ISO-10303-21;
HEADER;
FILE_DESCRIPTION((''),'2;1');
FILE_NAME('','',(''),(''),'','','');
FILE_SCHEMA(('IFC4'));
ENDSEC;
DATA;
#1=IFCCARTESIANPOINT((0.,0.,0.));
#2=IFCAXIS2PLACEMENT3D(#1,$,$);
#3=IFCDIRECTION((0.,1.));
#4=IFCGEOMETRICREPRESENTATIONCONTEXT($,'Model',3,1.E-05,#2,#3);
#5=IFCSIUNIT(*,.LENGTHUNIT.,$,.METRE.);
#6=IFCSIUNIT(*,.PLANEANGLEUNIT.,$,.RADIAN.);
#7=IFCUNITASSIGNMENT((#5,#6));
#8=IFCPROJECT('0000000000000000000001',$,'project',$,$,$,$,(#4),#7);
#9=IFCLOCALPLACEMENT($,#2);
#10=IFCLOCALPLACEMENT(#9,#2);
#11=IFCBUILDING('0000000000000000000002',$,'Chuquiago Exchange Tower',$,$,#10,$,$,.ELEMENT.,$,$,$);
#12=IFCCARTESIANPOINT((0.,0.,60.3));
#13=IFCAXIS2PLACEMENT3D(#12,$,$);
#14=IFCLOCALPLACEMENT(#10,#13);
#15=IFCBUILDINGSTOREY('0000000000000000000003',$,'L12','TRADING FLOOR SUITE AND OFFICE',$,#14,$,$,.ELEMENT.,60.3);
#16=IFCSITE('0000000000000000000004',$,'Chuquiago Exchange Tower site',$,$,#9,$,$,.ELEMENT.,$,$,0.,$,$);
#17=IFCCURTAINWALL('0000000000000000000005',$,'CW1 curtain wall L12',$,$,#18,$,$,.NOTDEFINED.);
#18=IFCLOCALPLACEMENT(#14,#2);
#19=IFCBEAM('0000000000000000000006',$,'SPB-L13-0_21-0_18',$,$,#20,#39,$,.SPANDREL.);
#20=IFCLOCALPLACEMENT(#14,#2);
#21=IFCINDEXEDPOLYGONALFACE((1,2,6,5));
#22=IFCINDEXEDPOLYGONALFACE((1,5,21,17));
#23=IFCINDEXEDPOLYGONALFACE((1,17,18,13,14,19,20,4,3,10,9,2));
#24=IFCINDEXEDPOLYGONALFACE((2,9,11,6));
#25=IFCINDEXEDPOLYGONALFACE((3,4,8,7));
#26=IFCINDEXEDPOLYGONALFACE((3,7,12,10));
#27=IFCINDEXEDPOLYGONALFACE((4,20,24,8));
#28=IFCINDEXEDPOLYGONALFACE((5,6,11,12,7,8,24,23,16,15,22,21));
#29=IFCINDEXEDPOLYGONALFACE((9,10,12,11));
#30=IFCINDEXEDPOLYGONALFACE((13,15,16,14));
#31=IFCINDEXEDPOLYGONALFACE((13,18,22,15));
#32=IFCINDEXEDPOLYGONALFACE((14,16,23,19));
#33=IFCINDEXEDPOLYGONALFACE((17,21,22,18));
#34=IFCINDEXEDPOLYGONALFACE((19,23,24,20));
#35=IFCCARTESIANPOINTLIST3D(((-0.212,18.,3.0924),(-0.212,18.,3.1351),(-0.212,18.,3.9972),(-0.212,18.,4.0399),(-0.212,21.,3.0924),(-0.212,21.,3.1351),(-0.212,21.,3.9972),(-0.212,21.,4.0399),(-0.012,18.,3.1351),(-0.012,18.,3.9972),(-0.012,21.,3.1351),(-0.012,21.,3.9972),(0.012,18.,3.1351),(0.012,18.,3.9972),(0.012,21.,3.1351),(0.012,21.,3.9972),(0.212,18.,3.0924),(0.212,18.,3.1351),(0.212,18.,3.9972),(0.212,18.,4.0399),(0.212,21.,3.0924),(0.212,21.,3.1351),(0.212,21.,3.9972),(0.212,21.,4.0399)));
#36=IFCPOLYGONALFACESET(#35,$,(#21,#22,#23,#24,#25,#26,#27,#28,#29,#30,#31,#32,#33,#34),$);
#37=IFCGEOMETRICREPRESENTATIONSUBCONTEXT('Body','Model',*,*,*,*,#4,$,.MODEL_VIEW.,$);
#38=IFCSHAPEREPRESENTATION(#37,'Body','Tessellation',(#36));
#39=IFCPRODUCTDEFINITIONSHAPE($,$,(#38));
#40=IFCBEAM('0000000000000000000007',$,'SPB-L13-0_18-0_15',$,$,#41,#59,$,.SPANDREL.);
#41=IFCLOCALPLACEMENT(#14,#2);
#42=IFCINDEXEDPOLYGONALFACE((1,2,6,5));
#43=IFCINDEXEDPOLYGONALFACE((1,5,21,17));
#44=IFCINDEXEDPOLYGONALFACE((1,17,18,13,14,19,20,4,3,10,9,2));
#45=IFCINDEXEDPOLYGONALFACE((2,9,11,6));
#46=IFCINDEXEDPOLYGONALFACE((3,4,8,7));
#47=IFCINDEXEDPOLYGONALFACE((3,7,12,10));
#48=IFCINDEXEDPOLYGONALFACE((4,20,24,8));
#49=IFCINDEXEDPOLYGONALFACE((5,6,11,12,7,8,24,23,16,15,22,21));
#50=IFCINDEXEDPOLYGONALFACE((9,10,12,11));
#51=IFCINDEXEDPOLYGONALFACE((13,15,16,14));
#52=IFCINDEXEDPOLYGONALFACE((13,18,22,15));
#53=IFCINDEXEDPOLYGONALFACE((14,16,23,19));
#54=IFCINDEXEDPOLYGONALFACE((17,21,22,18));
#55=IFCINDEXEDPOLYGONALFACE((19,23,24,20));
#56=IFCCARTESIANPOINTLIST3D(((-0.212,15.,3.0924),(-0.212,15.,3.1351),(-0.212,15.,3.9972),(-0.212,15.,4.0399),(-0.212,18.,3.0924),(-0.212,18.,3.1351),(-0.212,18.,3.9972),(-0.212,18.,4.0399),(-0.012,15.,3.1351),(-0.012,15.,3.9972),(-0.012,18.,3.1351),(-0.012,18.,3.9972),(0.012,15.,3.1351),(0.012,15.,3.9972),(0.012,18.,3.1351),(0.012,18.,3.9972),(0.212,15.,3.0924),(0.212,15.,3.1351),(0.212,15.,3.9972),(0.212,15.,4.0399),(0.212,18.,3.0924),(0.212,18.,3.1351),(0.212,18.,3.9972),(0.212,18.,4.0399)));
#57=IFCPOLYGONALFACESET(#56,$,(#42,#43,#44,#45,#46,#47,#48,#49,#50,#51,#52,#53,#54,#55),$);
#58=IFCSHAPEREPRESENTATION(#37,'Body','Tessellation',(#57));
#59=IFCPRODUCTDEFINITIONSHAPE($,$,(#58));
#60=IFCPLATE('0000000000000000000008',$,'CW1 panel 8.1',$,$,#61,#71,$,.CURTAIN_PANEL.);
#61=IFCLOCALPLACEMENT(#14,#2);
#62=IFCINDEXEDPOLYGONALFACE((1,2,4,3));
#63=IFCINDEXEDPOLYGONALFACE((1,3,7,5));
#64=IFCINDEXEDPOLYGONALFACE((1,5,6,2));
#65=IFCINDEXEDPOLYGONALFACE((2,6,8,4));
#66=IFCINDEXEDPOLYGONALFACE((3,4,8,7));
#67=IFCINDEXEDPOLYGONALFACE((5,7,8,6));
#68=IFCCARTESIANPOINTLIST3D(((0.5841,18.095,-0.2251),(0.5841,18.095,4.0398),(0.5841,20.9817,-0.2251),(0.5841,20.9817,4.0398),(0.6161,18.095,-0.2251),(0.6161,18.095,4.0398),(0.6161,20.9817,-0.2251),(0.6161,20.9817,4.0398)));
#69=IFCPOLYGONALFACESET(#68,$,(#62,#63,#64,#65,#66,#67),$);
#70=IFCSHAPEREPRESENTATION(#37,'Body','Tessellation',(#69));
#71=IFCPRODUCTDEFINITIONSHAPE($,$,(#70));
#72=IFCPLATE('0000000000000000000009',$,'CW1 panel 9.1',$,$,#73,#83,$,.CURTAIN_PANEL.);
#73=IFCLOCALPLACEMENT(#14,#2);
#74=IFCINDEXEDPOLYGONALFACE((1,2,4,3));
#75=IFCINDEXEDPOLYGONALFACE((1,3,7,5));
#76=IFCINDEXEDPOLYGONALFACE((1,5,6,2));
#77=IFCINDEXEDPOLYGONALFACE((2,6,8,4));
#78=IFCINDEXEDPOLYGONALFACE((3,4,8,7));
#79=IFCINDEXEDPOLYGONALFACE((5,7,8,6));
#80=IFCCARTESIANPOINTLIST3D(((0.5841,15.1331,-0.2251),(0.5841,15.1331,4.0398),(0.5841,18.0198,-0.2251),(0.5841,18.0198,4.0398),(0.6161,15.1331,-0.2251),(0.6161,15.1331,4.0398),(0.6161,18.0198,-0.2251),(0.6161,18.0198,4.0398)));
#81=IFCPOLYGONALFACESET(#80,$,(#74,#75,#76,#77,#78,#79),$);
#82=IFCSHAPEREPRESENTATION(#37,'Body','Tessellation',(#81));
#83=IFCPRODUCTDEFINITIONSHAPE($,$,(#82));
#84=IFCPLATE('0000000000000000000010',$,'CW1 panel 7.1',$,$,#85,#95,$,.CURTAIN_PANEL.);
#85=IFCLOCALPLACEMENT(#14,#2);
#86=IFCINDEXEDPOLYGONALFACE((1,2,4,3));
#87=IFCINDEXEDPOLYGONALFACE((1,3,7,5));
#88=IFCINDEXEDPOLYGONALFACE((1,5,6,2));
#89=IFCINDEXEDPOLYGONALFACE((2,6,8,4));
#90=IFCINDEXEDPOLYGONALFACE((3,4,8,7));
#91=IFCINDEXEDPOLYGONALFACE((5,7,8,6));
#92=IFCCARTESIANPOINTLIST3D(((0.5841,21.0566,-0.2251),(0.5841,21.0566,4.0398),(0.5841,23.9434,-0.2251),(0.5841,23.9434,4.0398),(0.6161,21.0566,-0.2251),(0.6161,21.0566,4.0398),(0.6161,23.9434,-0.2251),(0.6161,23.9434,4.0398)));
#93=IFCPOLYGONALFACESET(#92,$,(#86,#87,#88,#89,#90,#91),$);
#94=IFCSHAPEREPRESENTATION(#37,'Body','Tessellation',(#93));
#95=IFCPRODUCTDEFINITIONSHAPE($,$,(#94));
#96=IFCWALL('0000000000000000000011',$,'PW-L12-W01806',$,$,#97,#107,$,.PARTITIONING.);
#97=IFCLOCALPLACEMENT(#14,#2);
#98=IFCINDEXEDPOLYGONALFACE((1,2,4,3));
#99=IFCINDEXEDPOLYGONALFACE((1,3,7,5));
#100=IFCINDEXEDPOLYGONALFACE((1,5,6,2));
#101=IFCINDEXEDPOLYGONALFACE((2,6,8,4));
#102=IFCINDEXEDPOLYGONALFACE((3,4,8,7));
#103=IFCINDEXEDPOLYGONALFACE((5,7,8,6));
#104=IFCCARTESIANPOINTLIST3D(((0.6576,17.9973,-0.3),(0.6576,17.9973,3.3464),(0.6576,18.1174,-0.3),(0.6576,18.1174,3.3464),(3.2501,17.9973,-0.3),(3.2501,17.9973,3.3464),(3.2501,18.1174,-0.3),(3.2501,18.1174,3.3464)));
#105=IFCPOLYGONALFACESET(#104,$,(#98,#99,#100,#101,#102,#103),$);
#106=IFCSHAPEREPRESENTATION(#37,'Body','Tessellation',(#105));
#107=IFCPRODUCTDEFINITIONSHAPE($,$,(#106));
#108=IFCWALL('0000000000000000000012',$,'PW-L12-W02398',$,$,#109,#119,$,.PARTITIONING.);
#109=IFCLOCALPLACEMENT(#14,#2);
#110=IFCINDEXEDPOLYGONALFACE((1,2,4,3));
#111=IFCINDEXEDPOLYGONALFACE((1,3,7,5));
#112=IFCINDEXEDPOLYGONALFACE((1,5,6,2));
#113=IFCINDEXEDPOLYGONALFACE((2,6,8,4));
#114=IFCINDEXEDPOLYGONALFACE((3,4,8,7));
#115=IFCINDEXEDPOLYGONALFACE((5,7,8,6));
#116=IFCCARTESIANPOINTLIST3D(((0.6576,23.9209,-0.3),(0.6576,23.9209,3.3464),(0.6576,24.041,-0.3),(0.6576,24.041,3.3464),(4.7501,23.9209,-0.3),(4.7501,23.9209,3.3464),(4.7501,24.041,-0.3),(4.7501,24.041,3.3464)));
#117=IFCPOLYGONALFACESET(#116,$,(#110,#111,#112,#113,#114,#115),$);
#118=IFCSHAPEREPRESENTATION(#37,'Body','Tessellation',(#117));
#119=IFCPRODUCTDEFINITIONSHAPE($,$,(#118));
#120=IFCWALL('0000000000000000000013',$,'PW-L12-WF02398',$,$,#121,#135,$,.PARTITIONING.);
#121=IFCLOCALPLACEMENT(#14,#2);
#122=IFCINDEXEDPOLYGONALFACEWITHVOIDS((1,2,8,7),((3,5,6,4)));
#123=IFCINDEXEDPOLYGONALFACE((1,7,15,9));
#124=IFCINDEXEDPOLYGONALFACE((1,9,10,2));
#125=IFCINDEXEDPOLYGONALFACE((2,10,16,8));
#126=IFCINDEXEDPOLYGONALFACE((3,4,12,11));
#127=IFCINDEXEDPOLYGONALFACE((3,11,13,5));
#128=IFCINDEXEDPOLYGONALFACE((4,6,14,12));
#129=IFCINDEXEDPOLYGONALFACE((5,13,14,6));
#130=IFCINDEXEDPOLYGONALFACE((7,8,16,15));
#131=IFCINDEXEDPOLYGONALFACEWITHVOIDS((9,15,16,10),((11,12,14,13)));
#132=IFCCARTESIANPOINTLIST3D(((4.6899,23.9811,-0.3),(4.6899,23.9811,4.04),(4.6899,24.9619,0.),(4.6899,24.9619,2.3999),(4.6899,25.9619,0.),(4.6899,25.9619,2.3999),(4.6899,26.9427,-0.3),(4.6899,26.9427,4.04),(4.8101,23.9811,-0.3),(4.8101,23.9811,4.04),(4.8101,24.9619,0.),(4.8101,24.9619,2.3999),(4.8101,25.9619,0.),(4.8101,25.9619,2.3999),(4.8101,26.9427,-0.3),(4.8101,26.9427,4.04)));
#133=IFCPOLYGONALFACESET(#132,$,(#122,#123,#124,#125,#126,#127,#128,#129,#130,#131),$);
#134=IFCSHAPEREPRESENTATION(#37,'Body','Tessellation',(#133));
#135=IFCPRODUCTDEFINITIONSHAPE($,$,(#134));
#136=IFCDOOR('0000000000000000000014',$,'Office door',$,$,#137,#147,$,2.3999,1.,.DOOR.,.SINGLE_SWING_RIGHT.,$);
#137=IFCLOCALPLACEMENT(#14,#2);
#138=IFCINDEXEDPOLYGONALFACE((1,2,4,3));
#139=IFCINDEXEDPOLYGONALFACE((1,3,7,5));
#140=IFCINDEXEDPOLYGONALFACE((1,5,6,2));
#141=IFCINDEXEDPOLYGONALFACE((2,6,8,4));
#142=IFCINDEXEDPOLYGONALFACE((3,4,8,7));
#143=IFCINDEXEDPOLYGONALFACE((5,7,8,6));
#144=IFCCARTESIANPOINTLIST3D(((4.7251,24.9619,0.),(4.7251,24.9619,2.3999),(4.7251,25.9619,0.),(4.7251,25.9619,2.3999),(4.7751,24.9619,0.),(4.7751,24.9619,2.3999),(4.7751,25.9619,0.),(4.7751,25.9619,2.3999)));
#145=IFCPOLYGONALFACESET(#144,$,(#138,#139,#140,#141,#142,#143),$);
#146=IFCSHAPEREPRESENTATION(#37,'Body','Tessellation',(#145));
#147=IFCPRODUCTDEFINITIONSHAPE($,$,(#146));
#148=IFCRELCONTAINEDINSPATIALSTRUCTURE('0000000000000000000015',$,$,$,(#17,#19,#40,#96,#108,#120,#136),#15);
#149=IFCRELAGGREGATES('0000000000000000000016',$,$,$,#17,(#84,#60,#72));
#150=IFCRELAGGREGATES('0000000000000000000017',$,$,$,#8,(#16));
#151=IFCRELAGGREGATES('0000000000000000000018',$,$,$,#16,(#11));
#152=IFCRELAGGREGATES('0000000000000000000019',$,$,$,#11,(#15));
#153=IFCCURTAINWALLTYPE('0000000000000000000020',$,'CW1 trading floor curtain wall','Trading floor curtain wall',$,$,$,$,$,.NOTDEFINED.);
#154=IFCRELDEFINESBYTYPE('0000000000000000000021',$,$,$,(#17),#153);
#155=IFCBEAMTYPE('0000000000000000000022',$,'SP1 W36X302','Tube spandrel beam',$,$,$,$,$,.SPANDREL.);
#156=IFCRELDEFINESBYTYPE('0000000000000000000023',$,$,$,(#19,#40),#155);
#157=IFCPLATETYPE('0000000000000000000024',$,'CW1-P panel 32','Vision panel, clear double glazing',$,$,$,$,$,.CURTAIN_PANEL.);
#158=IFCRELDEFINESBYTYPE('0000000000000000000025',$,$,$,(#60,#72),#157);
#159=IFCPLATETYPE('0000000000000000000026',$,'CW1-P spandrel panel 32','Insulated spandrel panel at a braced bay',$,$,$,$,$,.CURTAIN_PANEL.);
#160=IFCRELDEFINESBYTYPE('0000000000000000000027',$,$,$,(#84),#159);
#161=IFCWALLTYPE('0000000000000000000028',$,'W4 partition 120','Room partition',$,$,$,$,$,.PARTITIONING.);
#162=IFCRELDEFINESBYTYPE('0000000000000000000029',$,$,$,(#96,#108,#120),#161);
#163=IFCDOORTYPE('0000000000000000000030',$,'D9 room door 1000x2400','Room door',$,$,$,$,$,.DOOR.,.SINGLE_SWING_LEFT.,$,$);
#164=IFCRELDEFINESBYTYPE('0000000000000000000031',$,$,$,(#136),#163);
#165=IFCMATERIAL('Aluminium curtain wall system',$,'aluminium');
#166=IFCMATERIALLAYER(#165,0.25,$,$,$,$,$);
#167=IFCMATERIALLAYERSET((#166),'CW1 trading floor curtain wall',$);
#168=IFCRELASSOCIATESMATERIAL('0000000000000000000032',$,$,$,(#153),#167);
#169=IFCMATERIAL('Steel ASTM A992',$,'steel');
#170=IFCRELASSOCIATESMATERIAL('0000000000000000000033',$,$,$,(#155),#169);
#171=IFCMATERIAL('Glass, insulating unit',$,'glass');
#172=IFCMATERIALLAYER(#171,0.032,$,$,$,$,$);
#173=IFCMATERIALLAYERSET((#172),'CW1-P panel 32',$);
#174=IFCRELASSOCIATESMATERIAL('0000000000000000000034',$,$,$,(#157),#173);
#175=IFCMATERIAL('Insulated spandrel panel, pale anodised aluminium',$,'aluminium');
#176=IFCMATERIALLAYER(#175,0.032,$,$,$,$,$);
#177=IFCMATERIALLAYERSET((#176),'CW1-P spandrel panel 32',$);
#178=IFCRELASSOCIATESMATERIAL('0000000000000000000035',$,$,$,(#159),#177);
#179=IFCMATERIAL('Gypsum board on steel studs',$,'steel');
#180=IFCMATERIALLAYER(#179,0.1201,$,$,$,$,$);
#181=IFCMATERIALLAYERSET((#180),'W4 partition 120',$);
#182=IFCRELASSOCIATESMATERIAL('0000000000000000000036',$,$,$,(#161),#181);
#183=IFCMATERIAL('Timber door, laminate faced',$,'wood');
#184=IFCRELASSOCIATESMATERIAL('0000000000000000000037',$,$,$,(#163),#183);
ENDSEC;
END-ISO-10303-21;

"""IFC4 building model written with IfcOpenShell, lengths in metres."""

from ifc_helpers import new_model, si_unit, direction, frame, frame_2d, origin, origin_2d, place, context, subcontext, project, spatial, rectangle, i_section, extrude, material, layer, layer_set, material_profile, profile_set, type_object, element, fill, aggregate, save


model = new_model("IFC4")

# Units and contexts
model_context = context("Model", 3, precision=1e-05, world=origin(), true_north=direction((0.0, 1.0)))
body_context = subcontext(model_context, "Body", "Model", "MODEL_VIEW")
ifc_project = project(units=[si_unit("LENGTHUNIT", "METRE"), si_unit("PLANEANGLEUNIT", "RADIAN")], contexts=[model_context])

# Site, building, storey
site_placement = place(None, origin())
site = spatial("IfcSite", under=ifc_project, at=site_placement, Name="Chuquiago Exchange Tower site", CompositionType="ELEMENT", RefElevation=0.0)
building_placement = place(site_placement, origin())
building = spatial("IfcBuilding", under=site, at=building_placement, Name="Chuquiago Exchange Tower", CompositionType="ELEMENT")
storey_placement = place(building_placement, frame((0.0, 0.0, 60.3)))
storey = spatial("IfcBuildingStorey", under=building, at=storey_placement, Name="L12", Description="TRADING FLOOR SUITE AND OFFICE", CompositionType="ELEMENT", Elevation=60.3)

# Curtain wall
ifc_material_1 = material(Name="Aluminium curtain wall system", Category="aluminium")
ifc_layer_1 = layer(ifc_material_1, 0.25)
ifc_layer_set_1 = layer_set([ifc_layer_1], Name="CW1 trading floor curtain wall")
curtain_wall_type = type_object("IfcCurtainWallType", Name="CW1 trading floor curtain wall", Description="Trading floor curtain wall", PredefinedType="NOTDEFINED", material=ifc_layer_set_1)
curtain_wall_placement = place(storey_placement, origin())
curtain_wall = element("IfcCurtainWall", 1, at=curtain_wall_placement, inside=storey, type_object=curtain_wall_type, Name="CW1 curtain wall L12", PredefinedType="NOTDEFINED")

# Beams
ifc_material_2 = material(Name="Steel ASTM A992", Category="steel")
ifc_material_profile_1 = material_profile(ifc_material_2, i_section(OverallWidth=0.4241, OverallDepth=0.9475, WebThickness=0.0239, FlangeThickness=0.0427, at=origin_2d()), Name="W36X302")
ifc_profile_set_1 = profile_set([ifc_material_profile_1], Name="Steel ASTM A992")
beam_type = type_object("IfcBeamType", Name="SP1 W36X302", Description="Tube spandrel beam", PredefinedType="SPANDREL", material=ifc_profile_set_1)
for number, where, z_axis, x_axis, name in (
    (2, (0.0, 21.0, 3.5662), (0.0, -1.0, 0.0), (1.0, 0.0, 0.0), "SPB-L13-0_21-0_18"),
    (3, (0.0, 18.0, 3.5662), (0.0, -1.0, 0.0), (1.0, 0.0, 0.0), "SPB-L13-0_18-0_15"),
):
    element("IfcBeam", number, at=place(storey_placement, frame(where, z_axis=z_axis, x_axis=x_axis)), inside=storey, type_object=beam_type, Name=name, PredefinedType="SPANDREL", context=body_context, shape_type="SweptSolid", body=[
        extrude(i_section(OverallWidth=0.4241, OverallDepth=0.9475, WebThickness=0.0239, FlangeThickness=0.0427, at=origin_2d()), origin(), (0.0, 0.0, 1.0), 3.0),
    ])

# Plates
ifc_material_3 = material(Name="Glass, insulating unit", Category="glass")
ifc_layer_2 = layer(ifc_material_3, 0.032)
ifc_layer_set_2 = layer_set([ifc_layer_2], Name="CW1-P panel 32")
plate_type_1 = type_object("IfcPlateType", Name="CW1-P panel 32", Description="Vision panel, clear double glazing", PredefinedType="CURTAIN_PANEL", material=ifc_layer_set_2)
plate_1_placement = place(storey_placement, frame((0.6001, 19.5383, -0.2251), z_axis=(0.0, 0.0, 1.0), x_axis=(0.0, -1.0, 0.0)))
plate_1 = element("IfcPlate", 4, at=plate_1_placement, type_object=plate_type_1, Name="CW1 panel 8.1", PredefinedType="CURTAIN_PANEL", context=body_context, shape_type="SweptSolid", body=[
    extrude(rectangle(XDim=2.8867, YDim=0.032, at=origin_2d()), origin(), (0.0, 0.0, 1.0), 4.2649),
])
plate_2_placement = place(storey_placement, frame((0.6001, 16.5764, -0.2251), z_axis=(0.0, 0.0, 1.0), x_axis=(0.0, -1.0, 0.0)))
plate_2 = element("IfcPlate", 5, at=plate_2_placement, type_object=plate_type_1, Name="CW1 panel 9.1", PredefinedType="CURTAIN_PANEL", context=body_context, shape_type="SweptSolid", body=[
    extrude(rectangle(XDim=2.8867, YDim=0.032, at=origin_2d()), origin(), (0.0, 0.0, 1.0), 4.2649),
])
ifc_material_4 = material(Name="Insulated spandrel panel, pale anodised aluminium", Category="aluminium")
ifc_layer_3 = layer(ifc_material_4, 0.032)
ifc_layer_set_3 = layer_set([ifc_layer_3], Name="CW1-P spandrel panel 32")
plate_type_2 = type_object("IfcPlateType", Name="CW1-P spandrel panel 32", Description="Insulated spandrel panel at a braced bay", PredefinedType="CURTAIN_PANEL", material=ifc_layer_set_3)
plate_3_placement = place(storey_placement, frame((0.6001, 22.5, -0.2251), z_axis=(0.0, 0.0, 1.0), x_axis=(0.0, -1.0, 0.0)))
plate_3 = element("IfcPlate", 6, at=plate_3_placement, type_object=plate_type_2, Name="CW1 panel 7.1", PredefinedType="CURTAIN_PANEL", context=body_context, shape_type="SweptSolid", body=[
    extrude(rectangle(XDim=2.8867, YDim=0.032, at=origin_2d()), origin(), (0.0, 0.0, 1.0), 4.2649),
])
aggregate(curtain_wall, [plate_3, plate_1, plate_2])

# Walls
ifc_material_5 = material(Name="Gypsum board on steel studs", Category="steel")
ifc_layer_4 = layer(ifc_material_5, 0.1201)
ifc_layer_set_4 = layer_set([ifc_layer_4], Name="W4 partition 120")
wall_type = type_object("IfcWallType", Name="W4 partition 120", Description="Room partition", PredefinedType="PARTITIONING", material=ifc_layer_set_4)
wall_1_placement = place(storey_placement, frame((0.6575, 18.0574, -0.3), z_axis=(0.0, 0.0, 1.0), x_axis=(1.0, 0.0, 0.0)))
element("IfcWall", 7, at=wall_1_placement, inside=storey, type_object=wall_type, Name="PW-L12-W01806", PredefinedType="PARTITIONING", context=body_context, shape_type="SweptSolid", body=[
    extrude(rectangle(XDim=2.5925, YDim=0.1201, at=frame_2d((1.2964, 0.0))), origin(), (0.0, 0.0, 1.0), 3.6465),
])
wall_2_placement = place(storey_placement, frame((0.6575, 23.981, -0.3), z_axis=(0.0, 0.0, 1.0), x_axis=(1.0, 0.0, 0.0)))
element("IfcWall", 8, at=wall_2_placement, inside=storey, type_object=wall_type, Name="PW-L12-W02398", PredefinedType="PARTITIONING", context=body_context, shape_type="SweptSolid", body=[
    extrude(rectangle(XDim=4.0925, YDim=0.1201, at=frame_2d((2.0464, 0.0))), origin(), (0.0, 0.0, 1.0), 3.6465),
])

# Wall, opening, door
wall_3_placement = place(storey_placement, frame((4.75, 23.981, -0.3), z_axis=(0.0, 0.0, 1.0), x_axis=(0.0, 1.0, 0.0)))
wall_3 = element("IfcWall", 9, at=wall_3_placement, inside=storey, type_object=wall_type, Name="PW-L12-WF02398", PredefinedType="PARTITIONING", context=body_context, shape_type="SweptSolid", body=[
    extrude(rectangle(XDim=2.9617, YDim=0.1201, at=frame_2d((1.481, 0.0))), origin(), (0.0, 0.0, 1.0), 4.3401),
])
opening_placement = place(wall_3_placement, frame((0.981, 0.0, 0.3)))
opening = element("IfcOpeningElement", 10, at=opening_placement, cuts=wall_3, PredefinedType="OPENING", context=body_context, shape_type="SweptSolid", body=[
    extrude(rectangle(XDim=1.0, YDim=2.3999, at=frame_2d((0.5, 1.2))), frame((0.0, 0.0701, 0.0), z_axis=(0.0, -1.0, 0.0), x_axis=(1.0, 0.0, 0.0)), (0.0, 0.0, 1.0), 0.1401),
])
ifc_material_6 = material(Name="Timber door, laminate faced", Category="wood")
door_type = type_object("IfcDoorType", Name="D9 room door 1000x2400", Description="Room door", OperationType="SINGLE_SWING_LEFT", PredefinedType="DOOR", material=ifc_material_6)
door_placement = place(opening_placement, origin())
door = element("IfcDoor", 11, at=door_placement, inside=storey, type_object=door_type, Name="Office door", OperationType="SINGLE_SWING_RIGHT", OverallHeight=2.3999, OverallWidth=1.0, PredefinedType="DOOR", context=body_context, shape_type="SweptSolid", body=[
    extrude(rectangle(XDim=1.0, YDim=2.3999, at=frame_2d((0.5, 1.2))), frame((0.0, 0.0249, 0.0), z_axis=(0.0, -1.0, 0.0), x_axis=(1.0, 0.0, 0.0)), (0.0, 0.0, 1.0), 0.05),
])
fill(opening, door)

save(model, "model.ifc")
